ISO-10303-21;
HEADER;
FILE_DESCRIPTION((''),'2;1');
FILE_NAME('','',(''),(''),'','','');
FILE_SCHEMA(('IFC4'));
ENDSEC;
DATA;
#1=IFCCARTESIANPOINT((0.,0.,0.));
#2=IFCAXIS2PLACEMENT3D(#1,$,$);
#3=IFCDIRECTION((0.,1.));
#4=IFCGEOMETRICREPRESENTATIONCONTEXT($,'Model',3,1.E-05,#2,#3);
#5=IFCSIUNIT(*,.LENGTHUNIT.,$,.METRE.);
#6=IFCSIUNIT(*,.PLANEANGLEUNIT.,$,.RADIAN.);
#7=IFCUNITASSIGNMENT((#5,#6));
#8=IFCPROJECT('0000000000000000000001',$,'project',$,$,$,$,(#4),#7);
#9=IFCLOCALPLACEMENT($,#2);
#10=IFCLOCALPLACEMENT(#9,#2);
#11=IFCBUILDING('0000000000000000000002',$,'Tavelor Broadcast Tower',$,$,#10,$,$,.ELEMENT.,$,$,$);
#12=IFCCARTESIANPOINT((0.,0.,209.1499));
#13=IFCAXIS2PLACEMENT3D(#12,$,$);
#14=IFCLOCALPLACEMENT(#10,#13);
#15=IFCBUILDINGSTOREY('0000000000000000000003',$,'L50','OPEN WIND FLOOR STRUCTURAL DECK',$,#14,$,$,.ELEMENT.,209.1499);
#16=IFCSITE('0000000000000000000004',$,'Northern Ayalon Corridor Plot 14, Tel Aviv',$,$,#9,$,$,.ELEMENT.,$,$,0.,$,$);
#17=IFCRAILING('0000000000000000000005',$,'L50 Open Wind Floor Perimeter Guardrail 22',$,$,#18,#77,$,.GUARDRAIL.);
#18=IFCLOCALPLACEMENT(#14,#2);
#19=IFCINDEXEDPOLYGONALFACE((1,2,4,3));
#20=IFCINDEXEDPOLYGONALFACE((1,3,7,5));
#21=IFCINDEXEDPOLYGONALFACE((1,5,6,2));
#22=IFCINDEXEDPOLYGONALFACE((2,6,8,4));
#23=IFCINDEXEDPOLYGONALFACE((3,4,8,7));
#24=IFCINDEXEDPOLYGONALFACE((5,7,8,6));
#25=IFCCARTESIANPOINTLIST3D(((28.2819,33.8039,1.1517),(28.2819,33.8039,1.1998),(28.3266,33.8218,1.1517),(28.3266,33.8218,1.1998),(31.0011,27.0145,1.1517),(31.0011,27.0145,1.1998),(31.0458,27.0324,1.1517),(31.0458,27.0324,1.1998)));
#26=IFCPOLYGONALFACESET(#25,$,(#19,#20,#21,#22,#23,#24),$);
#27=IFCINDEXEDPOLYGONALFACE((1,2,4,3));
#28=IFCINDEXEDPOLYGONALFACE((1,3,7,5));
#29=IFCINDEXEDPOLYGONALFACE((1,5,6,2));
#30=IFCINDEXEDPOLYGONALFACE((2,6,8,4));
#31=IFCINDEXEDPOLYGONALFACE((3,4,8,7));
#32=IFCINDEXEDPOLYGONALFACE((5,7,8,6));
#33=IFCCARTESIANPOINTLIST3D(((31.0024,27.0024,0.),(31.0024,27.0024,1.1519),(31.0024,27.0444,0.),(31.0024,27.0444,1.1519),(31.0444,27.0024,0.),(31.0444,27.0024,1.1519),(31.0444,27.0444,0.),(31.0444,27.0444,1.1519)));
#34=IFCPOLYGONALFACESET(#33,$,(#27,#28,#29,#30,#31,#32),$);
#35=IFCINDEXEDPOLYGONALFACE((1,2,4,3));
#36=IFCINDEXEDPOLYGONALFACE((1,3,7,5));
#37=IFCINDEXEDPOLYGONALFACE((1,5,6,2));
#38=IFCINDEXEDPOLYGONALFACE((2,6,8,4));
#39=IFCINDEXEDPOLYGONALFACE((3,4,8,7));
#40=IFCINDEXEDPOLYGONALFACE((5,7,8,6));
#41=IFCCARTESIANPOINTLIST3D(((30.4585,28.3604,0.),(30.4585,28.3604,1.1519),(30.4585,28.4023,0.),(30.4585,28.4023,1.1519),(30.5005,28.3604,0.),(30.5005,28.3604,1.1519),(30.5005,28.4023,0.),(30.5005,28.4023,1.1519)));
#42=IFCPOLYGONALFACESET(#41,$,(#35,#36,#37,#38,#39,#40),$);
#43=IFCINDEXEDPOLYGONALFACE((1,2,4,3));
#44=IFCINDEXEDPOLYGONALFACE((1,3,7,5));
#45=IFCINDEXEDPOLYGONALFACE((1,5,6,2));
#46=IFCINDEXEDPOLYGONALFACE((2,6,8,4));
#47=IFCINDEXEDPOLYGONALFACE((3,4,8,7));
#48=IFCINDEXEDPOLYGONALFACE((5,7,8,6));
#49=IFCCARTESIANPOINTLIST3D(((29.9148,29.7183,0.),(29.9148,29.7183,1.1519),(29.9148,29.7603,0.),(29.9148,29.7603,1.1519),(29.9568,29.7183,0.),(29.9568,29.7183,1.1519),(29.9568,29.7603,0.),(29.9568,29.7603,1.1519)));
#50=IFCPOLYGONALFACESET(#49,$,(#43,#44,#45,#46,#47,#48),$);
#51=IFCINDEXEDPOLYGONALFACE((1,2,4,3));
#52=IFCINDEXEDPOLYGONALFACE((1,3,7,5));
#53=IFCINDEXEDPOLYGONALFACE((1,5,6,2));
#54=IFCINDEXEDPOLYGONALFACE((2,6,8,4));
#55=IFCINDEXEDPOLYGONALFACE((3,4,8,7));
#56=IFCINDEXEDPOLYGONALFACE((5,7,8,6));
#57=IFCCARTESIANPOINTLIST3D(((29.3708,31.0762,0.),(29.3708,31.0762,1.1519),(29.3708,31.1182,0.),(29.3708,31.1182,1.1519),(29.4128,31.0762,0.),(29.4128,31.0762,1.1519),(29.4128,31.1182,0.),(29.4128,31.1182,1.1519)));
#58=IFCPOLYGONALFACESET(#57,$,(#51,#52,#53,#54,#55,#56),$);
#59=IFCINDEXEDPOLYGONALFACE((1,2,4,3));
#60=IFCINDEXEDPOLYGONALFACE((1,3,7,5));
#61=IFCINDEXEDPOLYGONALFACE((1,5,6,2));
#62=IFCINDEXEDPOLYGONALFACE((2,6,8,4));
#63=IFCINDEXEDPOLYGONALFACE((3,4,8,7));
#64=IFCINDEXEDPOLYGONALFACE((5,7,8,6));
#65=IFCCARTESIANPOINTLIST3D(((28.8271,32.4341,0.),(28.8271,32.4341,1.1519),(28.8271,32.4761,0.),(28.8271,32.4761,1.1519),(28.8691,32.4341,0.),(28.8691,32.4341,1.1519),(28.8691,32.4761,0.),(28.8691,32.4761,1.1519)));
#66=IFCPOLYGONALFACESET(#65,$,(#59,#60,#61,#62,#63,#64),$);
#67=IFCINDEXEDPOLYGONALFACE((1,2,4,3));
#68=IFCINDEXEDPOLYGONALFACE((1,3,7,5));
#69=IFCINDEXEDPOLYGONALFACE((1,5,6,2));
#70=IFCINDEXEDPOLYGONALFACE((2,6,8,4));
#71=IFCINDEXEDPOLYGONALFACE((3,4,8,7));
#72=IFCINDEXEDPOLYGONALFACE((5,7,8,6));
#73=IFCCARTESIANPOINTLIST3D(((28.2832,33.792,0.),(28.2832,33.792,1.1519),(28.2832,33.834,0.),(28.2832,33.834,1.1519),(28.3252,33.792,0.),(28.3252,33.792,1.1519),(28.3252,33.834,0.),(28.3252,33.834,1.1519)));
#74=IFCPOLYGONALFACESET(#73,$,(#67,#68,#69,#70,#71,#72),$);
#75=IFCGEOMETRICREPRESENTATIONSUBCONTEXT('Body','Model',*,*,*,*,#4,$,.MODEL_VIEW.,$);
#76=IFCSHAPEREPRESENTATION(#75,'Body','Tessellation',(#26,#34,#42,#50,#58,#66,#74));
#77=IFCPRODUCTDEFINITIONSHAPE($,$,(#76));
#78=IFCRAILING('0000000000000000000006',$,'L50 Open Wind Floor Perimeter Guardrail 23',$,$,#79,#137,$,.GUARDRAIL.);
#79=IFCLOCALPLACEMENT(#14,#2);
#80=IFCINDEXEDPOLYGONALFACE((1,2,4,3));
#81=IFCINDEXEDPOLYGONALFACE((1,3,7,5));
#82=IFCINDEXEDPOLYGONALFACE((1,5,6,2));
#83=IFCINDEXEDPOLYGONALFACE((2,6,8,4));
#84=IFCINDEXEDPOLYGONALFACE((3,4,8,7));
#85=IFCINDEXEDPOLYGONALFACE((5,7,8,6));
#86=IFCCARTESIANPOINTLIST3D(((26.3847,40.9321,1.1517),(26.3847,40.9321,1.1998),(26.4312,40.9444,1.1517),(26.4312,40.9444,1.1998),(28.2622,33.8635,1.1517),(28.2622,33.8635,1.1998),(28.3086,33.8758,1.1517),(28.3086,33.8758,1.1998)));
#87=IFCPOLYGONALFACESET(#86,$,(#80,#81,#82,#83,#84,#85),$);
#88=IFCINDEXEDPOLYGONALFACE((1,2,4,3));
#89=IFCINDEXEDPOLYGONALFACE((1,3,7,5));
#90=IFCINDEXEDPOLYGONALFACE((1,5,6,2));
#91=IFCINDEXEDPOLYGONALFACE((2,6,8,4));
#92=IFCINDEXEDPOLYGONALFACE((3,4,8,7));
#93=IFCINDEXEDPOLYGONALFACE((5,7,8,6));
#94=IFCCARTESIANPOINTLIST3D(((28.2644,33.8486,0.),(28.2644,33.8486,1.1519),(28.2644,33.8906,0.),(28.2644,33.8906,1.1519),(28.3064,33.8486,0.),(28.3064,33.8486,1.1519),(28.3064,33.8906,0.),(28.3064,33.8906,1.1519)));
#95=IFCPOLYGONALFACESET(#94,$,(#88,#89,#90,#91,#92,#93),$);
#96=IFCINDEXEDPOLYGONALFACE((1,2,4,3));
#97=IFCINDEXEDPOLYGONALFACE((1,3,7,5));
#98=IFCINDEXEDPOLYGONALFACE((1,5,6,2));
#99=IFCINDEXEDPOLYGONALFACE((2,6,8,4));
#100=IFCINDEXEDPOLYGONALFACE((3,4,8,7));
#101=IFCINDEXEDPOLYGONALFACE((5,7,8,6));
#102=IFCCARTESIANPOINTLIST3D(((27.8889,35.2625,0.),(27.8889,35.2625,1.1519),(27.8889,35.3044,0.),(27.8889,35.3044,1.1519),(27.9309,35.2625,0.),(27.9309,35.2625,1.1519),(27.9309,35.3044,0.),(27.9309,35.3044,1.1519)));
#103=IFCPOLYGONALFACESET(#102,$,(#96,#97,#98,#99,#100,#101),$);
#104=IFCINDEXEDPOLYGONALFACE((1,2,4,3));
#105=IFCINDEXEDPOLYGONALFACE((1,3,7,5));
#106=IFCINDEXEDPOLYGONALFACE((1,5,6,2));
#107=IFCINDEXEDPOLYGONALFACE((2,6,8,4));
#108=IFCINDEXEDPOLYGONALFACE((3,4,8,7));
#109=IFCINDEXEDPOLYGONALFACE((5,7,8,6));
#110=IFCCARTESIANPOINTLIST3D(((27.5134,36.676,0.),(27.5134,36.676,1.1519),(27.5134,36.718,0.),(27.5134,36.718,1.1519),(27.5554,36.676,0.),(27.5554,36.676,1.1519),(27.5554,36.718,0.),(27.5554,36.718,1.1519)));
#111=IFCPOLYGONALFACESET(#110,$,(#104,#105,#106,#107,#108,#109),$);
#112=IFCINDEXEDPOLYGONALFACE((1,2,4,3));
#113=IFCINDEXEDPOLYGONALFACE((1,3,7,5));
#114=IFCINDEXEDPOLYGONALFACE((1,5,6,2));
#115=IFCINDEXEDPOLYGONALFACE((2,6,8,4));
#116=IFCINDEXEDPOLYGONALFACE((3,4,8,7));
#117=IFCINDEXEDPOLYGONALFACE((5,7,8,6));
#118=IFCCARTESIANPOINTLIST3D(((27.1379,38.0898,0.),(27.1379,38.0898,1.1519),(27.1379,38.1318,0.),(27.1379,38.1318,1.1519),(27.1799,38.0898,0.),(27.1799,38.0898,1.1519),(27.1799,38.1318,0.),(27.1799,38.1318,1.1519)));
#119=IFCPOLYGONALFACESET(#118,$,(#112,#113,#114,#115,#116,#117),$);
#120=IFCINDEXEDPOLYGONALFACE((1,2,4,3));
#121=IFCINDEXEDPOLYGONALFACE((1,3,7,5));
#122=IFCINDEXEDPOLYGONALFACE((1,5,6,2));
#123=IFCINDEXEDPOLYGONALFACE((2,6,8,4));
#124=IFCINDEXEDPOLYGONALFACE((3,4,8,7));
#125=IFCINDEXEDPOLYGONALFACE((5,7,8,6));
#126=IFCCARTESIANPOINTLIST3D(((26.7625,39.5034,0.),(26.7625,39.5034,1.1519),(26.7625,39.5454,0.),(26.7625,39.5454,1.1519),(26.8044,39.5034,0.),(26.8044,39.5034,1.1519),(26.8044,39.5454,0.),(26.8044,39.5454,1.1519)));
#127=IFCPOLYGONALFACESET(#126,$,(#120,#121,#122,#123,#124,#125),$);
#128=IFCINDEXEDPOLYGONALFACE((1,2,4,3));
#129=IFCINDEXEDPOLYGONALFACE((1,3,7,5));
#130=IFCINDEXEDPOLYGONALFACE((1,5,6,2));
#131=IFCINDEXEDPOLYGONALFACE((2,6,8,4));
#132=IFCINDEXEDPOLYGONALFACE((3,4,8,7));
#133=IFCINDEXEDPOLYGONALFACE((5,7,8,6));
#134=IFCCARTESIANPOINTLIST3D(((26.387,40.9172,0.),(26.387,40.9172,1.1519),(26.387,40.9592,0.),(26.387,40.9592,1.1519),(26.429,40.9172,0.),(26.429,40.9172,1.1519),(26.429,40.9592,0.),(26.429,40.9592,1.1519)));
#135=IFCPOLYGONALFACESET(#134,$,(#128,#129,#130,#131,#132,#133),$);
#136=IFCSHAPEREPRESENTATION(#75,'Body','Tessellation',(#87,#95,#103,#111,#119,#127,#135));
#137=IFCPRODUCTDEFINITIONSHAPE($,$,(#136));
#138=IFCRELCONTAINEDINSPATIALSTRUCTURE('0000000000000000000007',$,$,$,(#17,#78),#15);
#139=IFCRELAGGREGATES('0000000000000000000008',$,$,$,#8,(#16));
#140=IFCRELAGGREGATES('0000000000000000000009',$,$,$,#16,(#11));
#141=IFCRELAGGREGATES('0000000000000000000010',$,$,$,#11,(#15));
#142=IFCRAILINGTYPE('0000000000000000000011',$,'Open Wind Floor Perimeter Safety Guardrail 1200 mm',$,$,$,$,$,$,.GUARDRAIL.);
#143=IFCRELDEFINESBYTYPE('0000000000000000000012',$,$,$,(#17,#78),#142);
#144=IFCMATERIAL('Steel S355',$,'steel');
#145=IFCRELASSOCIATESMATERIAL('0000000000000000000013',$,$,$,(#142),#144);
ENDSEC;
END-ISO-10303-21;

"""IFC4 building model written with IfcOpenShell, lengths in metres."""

from ifc_helpers import new_model, si_unit, direction, frame, origin, origin_2d, place, context, subcontext, project, spatial, rectangle, extrude, material, type_object, element, save


model = new_model("IFC4")

# Units and contexts
model_context = context("Model", 3, precision=1e-05, world=origin(), true_north=direction((0.0, 1.0)))
body_context = subcontext(model_context, "Body", "Model", "MODEL_VIEW")
ifc_project = project(units=[si_unit("LENGTHUNIT", "METRE"), si_unit("PLANEANGLEUNIT", "RADIAN")], contexts=[model_context])

# Site, building, storey
site_placement = place(None, origin())
site = spatial("IfcSite", under=ifc_project, at=site_placement, Name="Northern Ayalon Corridor Plot 14, Tel Aviv", CompositionType="ELEMENT", RefElevation=0.0)
building_placement = place(site_placement, origin())
building = spatial("IfcBuilding", under=site, at=building_placement, Name="Tavelor Broadcast Tower", CompositionType="ELEMENT")
storey_placement = place(building_placement, frame((0.0, 0.0, 209.1499)))
storey = spatial("IfcBuildingStorey", under=building, at=storey_placement, Name="L50", Description="OPEN WIND FLOOR STRUCTURAL DECK", CompositionType="ELEMENT", Elevation=209.1499)

# Railings
ifc_material_1 = material(Name="Steel S355", Category="steel")
railing_type = type_object("IfcRailingType", Name="Open Wind Floor Perimeter Safety Guardrail 1200 mm", PredefinedType="GUARDRAIL", material=ifc_material_1)
railing_1_placement = place(storey_placement, frame((31.0234, 27.0234, 0.0)))
element("IfcRailing", 1, at=railing_1_placement, inside=storey, type_object=railing_type, Name="L50 Open Wind Floor Perimeter Guardrail 22", PredefinedType="GUARDRAIL", context=body_context, shape_type="SweptSolid", body=[
    extrude(rectangle(XDim=0.0481, YDim=0.0481, at=origin_2d()), frame((0.0, 0.0, 1.1758), z_axis=(-0.371794, 0.928315, 0.0), x_axis=(-0.928315, -0.371794, 0.0)), (0.0, 0.0, 1.0), 7.3137),
    extrude(rectangle(XDim=0.042, YDim=0.042, at=origin_2d()), origin(), (0.0, 0.0, 1.0), 1.1519),
    extrude(rectangle(XDim=0.042, YDim=0.042, at=origin_2d()), frame((-0.5439, 1.3579, 0.0)), (0.0, 0.0, 1.0), 1.1519),
    extrude(rectangle(XDim=0.042, YDim=0.042, at=origin_2d()), frame((-1.0876, 2.7158, 0.0)), (0.0, 0.0, 1.0), 1.1519),
    extrude(rectangle(XDim=0.042, YDim=0.042, at=origin_2d()), frame((-1.6316, 4.0737, 0.0)), (0.0, 0.0, 1.0), 1.1519),
    extrude(rectangle(XDim=0.042, YDim=0.042, at=origin_2d()), frame((-2.1753, 5.4316, 0.0)), (0.0, 0.0, 1.0), 1.1519),
    extrude(rectangle(XDim=0.042, YDim=0.042, at=origin_2d()), frame((-2.7192, 6.7896, 0.0)), (0.0, 0.0, 1.0), 1.1519),
])
railing_2_placement = place(storey_placement, frame((28.2854, 33.8696, 0.0)))
element("IfcRailing", 2, at=railing_2_placement, inside=storey, type_object=railing_type, Name="L50 Open Wind Floor Perimeter Guardrail 23", PredefinedType="GUARDRAIL", context=body_context, shape_type="SweptSolid", body=[
    extrude(rectangle(XDim=0.0481, YDim=0.0481, at=origin_2d()), frame((0.0, 0.0, 1.1758), z_axis=(-0.256703, 0.96649, 0.0), x_axis=(-0.96649, -0.256703, 0.0)), (0.0, 0.0, 1.0), 7.3137),
    extrude(rectangle(XDim=0.042, YDim=0.042, at=origin_2d()), origin(), (0.0, 0.0, 1.0), 1.1519),
    extrude(rectangle(XDim=0.042, YDim=0.042, at=origin_2d()), frame((-0.3755, 1.4138, 0.0)), (0.0, 0.0, 1.0), 1.1519),
    extrude(rectangle(XDim=0.042, YDim=0.042, at=origin_2d()), frame((-0.751, 2.8274, 0.0)), (0.0, 0.0, 1.0), 1.1519),
    extrude(rectangle(XDim=0.042, YDim=0.042, at=origin_2d()), frame((-1.1265, 4.2412, 0.0)), (0.0, 0.0, 1.0), 1.1519),
    extrude(rectangle(XDim=0.042, YDim=0.042, at=origin_2d()), frame((-1.502, 5.6548, 0.0)), (0.0, 0.0, 1.0), 1.1519),
    extrude(rectangle(XDim=0.042, YDim=0.042, at=origin_2d()), frame((-1.8774, 7.0686, 0.0)), (0.0, 0.0, 1.0), 1.1519),
])

save(model, "model.ifc")
